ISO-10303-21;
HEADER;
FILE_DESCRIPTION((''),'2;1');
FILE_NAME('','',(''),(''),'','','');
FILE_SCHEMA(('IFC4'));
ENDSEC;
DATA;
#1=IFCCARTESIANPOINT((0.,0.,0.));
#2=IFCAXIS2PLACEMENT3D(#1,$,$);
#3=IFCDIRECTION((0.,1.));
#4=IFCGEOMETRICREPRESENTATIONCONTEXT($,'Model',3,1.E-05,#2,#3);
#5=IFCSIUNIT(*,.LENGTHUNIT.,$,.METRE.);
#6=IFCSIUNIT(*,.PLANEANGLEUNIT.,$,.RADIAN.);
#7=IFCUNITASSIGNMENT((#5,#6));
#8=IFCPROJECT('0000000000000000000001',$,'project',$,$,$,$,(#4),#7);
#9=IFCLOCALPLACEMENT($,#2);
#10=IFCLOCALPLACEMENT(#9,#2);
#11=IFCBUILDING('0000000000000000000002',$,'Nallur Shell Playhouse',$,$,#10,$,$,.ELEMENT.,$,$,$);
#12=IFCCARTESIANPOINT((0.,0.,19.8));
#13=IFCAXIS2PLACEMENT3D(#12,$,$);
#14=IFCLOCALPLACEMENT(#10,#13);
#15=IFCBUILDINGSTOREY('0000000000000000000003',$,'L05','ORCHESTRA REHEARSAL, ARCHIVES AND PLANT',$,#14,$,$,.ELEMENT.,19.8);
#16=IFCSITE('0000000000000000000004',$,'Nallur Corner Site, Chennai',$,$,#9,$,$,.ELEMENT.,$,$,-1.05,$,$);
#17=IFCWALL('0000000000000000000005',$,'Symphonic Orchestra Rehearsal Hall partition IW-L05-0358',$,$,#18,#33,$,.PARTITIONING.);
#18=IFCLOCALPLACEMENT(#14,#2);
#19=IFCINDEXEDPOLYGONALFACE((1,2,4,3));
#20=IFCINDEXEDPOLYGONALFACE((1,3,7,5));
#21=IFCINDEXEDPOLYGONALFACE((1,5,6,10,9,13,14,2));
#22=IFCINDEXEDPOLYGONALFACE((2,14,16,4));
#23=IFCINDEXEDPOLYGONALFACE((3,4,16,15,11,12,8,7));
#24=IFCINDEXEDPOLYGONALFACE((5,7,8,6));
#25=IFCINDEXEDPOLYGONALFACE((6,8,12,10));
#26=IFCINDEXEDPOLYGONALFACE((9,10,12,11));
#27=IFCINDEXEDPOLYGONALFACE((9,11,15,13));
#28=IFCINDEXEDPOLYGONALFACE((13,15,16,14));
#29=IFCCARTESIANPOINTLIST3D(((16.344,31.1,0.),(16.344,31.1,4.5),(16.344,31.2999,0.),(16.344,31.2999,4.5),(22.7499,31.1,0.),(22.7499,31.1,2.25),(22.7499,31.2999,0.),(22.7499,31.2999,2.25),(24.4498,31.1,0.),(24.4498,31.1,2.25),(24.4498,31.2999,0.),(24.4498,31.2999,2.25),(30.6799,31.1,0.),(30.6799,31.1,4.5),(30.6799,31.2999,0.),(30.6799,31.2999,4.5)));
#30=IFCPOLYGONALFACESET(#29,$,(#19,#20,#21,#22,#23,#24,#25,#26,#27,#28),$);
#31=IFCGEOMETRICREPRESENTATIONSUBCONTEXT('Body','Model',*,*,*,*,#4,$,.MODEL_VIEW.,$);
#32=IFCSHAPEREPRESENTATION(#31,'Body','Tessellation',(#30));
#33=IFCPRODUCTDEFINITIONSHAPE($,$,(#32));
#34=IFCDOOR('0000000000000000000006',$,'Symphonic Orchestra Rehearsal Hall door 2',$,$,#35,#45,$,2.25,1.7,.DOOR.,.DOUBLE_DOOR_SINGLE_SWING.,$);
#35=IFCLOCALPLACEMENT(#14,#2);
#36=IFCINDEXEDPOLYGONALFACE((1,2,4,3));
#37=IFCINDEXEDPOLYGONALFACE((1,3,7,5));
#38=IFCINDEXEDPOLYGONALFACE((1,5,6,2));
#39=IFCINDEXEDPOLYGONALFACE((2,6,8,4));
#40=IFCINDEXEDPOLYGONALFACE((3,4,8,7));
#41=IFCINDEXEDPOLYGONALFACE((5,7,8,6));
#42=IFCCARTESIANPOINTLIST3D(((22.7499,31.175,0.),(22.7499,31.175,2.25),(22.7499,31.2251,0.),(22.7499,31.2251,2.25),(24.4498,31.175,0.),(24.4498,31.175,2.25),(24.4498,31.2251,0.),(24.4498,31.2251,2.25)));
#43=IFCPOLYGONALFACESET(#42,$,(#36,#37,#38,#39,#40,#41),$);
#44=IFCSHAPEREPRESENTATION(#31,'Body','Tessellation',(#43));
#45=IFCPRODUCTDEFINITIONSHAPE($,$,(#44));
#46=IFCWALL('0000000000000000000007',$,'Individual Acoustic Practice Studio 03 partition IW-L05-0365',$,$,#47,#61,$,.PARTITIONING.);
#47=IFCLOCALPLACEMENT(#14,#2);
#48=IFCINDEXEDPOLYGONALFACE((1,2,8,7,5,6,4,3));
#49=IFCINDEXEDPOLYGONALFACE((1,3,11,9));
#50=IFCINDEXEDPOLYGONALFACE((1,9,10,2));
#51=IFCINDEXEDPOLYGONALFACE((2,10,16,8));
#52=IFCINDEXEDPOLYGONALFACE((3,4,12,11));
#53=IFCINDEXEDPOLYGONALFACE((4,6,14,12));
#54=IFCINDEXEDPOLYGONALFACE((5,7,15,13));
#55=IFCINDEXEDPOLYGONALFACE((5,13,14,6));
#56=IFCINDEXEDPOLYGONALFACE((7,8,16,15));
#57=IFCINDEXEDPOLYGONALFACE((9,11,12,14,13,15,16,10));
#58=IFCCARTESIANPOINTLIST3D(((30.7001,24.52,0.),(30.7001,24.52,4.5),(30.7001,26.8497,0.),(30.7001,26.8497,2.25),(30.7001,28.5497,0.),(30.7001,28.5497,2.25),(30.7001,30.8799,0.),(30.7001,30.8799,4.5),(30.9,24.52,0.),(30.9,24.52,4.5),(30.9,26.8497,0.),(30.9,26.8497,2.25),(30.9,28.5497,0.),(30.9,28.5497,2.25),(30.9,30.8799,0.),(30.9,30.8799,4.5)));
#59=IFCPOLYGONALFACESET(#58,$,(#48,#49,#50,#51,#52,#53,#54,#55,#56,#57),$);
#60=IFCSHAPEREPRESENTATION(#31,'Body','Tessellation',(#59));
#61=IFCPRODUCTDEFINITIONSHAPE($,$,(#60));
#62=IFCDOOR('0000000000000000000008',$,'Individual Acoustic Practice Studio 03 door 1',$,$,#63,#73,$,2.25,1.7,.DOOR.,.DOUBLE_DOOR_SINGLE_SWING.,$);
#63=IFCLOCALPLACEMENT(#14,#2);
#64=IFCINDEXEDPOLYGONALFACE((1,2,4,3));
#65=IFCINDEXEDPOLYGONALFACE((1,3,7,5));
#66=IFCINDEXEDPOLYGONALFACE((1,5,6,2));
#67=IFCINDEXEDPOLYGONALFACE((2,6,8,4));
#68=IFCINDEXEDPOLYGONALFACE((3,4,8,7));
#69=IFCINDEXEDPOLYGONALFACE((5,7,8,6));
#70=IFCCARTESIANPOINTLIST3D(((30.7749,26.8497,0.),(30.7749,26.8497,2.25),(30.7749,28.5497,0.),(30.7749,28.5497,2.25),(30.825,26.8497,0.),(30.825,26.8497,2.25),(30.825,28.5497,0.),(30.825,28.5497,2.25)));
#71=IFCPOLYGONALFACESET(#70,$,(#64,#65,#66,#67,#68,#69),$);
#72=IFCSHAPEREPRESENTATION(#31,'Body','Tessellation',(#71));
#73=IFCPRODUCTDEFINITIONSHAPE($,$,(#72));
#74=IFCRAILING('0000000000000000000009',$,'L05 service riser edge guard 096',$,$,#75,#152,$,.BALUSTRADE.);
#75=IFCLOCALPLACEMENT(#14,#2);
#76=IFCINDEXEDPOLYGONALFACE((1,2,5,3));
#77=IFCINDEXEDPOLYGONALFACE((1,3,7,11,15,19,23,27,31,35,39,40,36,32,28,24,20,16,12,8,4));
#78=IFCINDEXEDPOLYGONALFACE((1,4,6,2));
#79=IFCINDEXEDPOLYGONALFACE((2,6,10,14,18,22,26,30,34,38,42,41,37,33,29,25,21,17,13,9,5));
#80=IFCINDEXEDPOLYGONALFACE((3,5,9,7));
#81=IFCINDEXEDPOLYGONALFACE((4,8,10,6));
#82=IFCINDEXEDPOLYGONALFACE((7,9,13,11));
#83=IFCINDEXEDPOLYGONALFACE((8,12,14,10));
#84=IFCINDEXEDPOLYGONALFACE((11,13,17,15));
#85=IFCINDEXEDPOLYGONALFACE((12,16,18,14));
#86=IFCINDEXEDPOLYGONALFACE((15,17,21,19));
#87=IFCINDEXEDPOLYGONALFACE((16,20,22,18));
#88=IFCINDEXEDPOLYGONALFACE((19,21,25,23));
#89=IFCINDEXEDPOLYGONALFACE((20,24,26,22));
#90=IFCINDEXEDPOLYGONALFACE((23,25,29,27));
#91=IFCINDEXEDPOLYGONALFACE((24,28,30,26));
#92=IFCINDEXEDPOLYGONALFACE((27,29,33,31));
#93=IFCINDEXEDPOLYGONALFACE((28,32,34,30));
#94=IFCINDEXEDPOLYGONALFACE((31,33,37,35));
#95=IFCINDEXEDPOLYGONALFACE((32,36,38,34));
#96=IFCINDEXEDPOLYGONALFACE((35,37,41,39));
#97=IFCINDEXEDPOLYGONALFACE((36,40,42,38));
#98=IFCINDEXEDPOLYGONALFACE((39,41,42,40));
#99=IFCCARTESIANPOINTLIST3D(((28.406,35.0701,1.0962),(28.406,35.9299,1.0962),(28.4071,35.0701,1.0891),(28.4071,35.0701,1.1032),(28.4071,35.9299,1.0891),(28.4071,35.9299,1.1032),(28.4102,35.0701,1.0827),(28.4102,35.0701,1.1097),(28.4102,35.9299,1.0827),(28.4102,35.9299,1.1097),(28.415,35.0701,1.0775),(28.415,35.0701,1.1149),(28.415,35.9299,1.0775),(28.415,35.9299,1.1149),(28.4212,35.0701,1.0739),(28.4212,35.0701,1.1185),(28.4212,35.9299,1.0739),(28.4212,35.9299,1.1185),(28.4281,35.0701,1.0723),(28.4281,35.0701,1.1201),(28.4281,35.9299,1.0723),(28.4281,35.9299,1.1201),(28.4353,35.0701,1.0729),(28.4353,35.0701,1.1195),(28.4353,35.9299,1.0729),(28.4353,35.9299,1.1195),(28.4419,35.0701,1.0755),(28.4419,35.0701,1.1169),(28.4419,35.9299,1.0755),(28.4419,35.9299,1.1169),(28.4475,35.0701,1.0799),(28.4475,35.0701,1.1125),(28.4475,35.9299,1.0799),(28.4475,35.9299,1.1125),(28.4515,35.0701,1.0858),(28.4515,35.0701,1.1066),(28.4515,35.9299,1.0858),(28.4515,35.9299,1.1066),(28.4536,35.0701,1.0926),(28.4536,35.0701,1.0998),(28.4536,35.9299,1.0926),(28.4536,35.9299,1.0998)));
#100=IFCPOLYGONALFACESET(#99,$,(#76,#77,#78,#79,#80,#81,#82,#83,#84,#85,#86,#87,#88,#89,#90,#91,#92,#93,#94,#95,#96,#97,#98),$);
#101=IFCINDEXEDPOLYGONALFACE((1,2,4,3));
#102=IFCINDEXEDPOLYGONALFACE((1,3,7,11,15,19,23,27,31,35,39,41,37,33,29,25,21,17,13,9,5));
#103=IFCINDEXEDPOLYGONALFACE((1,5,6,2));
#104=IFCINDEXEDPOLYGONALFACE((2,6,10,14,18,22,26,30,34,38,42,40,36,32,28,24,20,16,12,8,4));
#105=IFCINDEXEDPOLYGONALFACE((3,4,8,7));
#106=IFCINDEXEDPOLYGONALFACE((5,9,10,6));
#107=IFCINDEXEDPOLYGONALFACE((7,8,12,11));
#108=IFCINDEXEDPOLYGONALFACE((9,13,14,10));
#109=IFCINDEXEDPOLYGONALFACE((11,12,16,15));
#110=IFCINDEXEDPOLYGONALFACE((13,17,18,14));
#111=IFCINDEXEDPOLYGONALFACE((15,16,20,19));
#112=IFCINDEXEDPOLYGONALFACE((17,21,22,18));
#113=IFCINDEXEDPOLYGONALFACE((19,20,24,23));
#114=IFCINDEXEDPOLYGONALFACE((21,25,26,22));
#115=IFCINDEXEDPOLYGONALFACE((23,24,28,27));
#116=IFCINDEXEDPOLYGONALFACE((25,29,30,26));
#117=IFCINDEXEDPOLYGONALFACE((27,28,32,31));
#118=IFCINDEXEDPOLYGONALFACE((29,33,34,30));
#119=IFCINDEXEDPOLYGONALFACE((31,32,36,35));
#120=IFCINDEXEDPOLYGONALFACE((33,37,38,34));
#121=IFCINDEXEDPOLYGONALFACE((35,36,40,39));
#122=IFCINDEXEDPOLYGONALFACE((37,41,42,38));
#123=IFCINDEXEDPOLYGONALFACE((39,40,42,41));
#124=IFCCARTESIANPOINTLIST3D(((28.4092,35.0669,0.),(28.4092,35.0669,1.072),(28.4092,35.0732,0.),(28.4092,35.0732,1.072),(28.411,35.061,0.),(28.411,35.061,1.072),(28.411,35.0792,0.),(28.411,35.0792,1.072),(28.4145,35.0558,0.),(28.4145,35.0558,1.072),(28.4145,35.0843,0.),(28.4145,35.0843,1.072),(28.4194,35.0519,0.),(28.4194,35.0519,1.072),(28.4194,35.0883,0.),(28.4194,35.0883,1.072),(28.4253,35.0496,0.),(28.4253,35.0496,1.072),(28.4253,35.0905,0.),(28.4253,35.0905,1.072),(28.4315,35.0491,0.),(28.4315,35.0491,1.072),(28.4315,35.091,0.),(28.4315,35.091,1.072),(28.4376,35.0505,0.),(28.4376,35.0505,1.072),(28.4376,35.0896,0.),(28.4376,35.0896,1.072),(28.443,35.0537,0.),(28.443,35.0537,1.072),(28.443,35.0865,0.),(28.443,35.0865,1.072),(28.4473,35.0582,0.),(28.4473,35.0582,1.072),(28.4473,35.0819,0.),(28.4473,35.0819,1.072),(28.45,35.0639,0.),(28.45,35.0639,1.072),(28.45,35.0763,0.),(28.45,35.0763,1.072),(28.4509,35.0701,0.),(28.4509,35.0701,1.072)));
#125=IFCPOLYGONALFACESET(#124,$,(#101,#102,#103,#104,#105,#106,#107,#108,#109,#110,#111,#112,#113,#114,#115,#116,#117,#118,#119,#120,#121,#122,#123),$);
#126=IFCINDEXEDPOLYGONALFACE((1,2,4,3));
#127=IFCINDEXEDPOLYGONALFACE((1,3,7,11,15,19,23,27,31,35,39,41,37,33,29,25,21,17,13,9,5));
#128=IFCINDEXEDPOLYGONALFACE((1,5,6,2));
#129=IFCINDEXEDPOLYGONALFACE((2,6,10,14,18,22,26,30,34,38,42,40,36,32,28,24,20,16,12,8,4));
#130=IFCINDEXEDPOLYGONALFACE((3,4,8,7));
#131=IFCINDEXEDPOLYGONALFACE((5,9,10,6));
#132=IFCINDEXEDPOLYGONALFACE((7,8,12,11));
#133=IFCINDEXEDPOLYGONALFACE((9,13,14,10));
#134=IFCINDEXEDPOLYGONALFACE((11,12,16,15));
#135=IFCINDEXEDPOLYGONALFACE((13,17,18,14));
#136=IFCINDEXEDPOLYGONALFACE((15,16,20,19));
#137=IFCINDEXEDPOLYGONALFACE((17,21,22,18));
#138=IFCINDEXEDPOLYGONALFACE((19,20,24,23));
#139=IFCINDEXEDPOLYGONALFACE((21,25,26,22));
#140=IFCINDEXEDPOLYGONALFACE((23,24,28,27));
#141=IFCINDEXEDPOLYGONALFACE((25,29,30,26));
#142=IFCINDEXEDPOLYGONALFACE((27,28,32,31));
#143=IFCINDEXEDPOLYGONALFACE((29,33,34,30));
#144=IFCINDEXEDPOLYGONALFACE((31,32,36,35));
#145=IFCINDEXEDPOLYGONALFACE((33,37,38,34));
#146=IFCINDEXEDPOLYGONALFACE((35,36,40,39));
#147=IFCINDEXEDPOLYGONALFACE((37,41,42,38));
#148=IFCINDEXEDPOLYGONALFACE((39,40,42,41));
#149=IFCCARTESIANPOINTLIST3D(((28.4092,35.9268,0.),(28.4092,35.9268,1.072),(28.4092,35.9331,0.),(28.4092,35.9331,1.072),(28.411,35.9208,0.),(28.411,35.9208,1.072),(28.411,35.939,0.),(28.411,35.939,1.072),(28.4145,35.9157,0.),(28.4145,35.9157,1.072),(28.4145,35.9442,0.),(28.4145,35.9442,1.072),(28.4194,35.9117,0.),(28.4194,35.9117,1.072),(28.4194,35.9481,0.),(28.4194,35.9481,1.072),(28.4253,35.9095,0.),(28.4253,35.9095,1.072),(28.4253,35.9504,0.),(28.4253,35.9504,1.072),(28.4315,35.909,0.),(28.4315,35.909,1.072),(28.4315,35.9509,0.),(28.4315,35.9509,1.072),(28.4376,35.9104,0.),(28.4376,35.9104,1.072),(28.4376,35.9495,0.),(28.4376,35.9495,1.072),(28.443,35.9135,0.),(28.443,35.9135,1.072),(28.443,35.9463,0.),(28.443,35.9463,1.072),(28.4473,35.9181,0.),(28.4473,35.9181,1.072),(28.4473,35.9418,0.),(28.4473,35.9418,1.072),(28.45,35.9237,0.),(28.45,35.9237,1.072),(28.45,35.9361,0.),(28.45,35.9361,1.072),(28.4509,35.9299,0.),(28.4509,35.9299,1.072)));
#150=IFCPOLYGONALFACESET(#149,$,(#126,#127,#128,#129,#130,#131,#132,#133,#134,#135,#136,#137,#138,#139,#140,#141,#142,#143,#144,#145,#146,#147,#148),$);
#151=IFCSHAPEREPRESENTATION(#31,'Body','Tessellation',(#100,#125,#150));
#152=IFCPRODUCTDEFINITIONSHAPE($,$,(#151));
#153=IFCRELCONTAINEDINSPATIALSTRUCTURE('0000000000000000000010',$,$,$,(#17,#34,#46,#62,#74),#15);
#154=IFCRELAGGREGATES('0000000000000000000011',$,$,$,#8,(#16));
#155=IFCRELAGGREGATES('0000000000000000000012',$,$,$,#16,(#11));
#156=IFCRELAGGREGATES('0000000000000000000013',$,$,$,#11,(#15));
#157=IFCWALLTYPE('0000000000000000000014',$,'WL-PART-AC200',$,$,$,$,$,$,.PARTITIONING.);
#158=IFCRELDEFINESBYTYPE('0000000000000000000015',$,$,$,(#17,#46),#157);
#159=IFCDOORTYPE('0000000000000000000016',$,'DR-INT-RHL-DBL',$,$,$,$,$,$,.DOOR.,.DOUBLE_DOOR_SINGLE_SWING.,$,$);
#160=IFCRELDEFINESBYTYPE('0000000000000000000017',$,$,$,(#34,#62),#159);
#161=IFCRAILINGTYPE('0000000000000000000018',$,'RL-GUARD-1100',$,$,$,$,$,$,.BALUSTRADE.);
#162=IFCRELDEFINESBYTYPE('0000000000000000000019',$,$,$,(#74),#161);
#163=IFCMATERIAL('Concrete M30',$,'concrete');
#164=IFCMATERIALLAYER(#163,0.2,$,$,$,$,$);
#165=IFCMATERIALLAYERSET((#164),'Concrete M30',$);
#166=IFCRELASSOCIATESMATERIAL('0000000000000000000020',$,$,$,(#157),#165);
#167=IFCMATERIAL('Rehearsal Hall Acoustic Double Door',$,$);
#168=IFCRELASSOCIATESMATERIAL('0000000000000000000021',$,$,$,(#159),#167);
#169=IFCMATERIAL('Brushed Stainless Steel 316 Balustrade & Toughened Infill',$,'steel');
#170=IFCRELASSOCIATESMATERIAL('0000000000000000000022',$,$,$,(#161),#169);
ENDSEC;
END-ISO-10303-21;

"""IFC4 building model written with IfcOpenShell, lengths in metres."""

from ifc_helpers import new_model, si_unit, direction, frame, frame_2d, origin, origin_2d, place, context, subcontext, project, spatial, rectangle, circle, extrude, material, layer, layer_set, type_object, element, fill, save


model = new_model("IFC4")

# Units and contexts
model_context = context("Model", 3, precision=1e-05, world=origin(), true_north=direction((0.0, 1.0)))
body_context = subcontext(model_context, "Body", "Model", "MODEL_VIEW")
ifc_project = project(units=[si_unit("LENGTHUNIT", "METRE"), si_unit("PLANEANGLEUNIT", "RADIAN")], contexts=[model_context])

# Site, building, storey
site_placement = place(None, origin())
site = spatial("IfcSite", under=ifc_project, at=site_placement, Name="Nallur Corner Site, Chennai", CompositionType="ELEMENT", RefElevation=-1.05)
building_placement = place(site_placement, origin())
building = spatial("IfcBuilding", under=site, at=building_placement, Name="Nallur Shell Playhouse", CompositionType="ELEMENT")
storey_placement = place(building_placement, frame((0.0, 0.0, 19.8)))
storey = spatial("IfcBuildingStorey", under=building, at=storey_placement, Name="L05", Description="ORCHESTRA REHEARSAL, ARCHIVES AND PLANT", CompositionType="ELEMENT", Elevation=19.8)

# Shared definitions
ifc_material_1 = material(Name="Concrete M30", Category="concrete")

# Walls, openings, doors
ifc_layer_1 = layer(ifc_material_1, 0.2)
ifc_layer_set_1 = layer_set([ifc_layer_1], Name="Concrete M30")
wall_type_1 = type_object("IfcWallType", Name="WL-PART-AC200", PredefinedType="PARTITIONING", material=ifc_layer_set_1)
wall_1_placement = place(storey_placement, frame((30.6799, 31.2, 0.0), z_axis=(0.0, 0.0, 1.0), x_axis=(-1.0, 0.0, 0.0)))
wall_1 = element("IfcWall", 1, at=wall_1_placement, inside=storey, type_object=wall_type_1, Name="Symphonic Orchestra Rehearsal Hall partition IW-L05-0358", PredefinedType="PARTITIONING", context=body_context, shape_type="SweptSolid", body=[
    extrude(rectangle(XDim=14.3359, YDim=0.2, at=frame_2d((7.168, 0.0))), origin(), (0.0, 0.0, 1.0), 4.5),
])
opening_1_placement = place(wall_1_placement, frame((6.23, 0.0, 0.0)))
opening_1 = element("IfcOpeningElement", 2, at=opening_1_placement, cuts=wall_1, PredefinedType="OPENING", context=body_context, shape_type="SweptSolid", body=[
    extrude(rectangle(XDim=1.7, YDim=2.25, at=frame_2d((0.8501, 1.125))), frame((0.0, 0.1099, 0.0), z_axis=(0.0, -1.0, 0.0), x_axis=(1.0, 0.0, 0.0)), (0.0, 0.0, 1.0), 0.22),
])
ifc_material_2 = material(Name="Rehearsal Hall Acoustic Double Door")
door_type = type_object("IfcDoorType", Name="DR-INT-RHL-DBL", OperationType="DOUBLE_DOOR_SINGLE_SWING", PredefinedType="DOOR", material=ifc_material_2)
door_1_placement = place(opening_1_placement, origin())
door_1 = element("IfcDoor", 3, at=door_1_placement, inside=storey, type_object=door_type, Name="Symphonic Orchestra Rehearsal Hall door 2", OperationType="DOUBLE_DOOR_SINGLE_SWING", OverallHeight=2.25, OverallWidth=1.7, PredefinedType="DOOR", context=body_context, shape_type="SweptSolid", body=[
    extrude(rectangle(XDim=1.7, YDim=2.25, at=frame_2d((0.8501, 1.125))), frame((0.0, 0.0249, 0.0), z_axis=(0.0, -1.0, 0.0), x_axis=(1.0, 0.0, 0.0)), (0.0, 0.0, 1.0), 0.05),
])
fill(opening_1, door_1)
wall_2_placement = place(storey_placement, frame((30.8, 30.8799, 0.0), z_axis=(0.0, 0.0, 1.0), x_axis=(0.0, -1.0, 0.0)))
wall_2 = element("IfcWall", 4, at=wall_2_placement, inside=storey, type_object=wall_type_1, Name="Individual Acoustic Practice Studio 03 partition IW-L05-0365", PredefinedType="PARTITIONING", context=body_context, shape_type="SweptSolid", body=[
    extrude(rectangle(XDim=6.3599, YDim=0.2, at=frame_2d((3.1799, 0.0))), origin(), (0.0, 0.0, 1.0), 4.5),
])
opening_2_placement = place(wall_2_placement, frame((2.3301, 0.0, 0.0)))
opening_2 = element("IfcOpeningElement", 5, at=opening_2_placement, cuts=wall_2, PredefinedType="OPENING", context=body_context, shape_type="SweptSolid", body=[
    extrude(rectangle(XDim=1.7, YDim=2.25, at=frame_2d((0.8501, 1.125))), frame((0.0, 0.1099, 0.0), z_axis=(0.0, -1.0, 0.0), x_axis=(1.0, 0.0, 0.0)), (0.0, 0.0, 1.0), 0.22),
])
door_2_placement = place(opening_2_placement, origin())
door_2 = element("IfcDoor", 6, at=door_2_placement, inside=storey, type_object=door_type, Name="Individual Acoustic Practice Studio 03 door 1", OperationType="DOUBLE_DOOR_SINGLE_SWING", OverallHeight=2.25, OverallWidth=1.7, PredefinedType="DOOR", context=body_context, shape_type="SweptSolid", body=[
    extrude(rectangle(XDim=1.7, YDim=2.25, at=frame_2d((0.8501, 1.125))), frame((0.0, 0.0249, 0.0), z_axis=(0.0, -1.0, 0.0), x_axis=(1.0, 0.0, 0.0)), (0.0, 0.0, 1.0), 0.05),
])
fill(opening_2, door_2)

# Railing
ifc_material_3 = material(Name="Brushed Stainless Steel 316 Balustrade & Toughened Infill", Category="steel")
railing_type = type_object("IfcRailingType", Name="RL-GUARD-1100", PredefinedType="BALUSTRADE", material=ifc_material_3)
railing_1_placement = place(storey_placement, frame((28.4299, 35.0701, 0.0)))
element("IfcRailing", 7, at=railing_1_placement, inside=storey, type_object=railing_type, Name="L05 service riser edge guard 096", PredefinedType="BALUSTRADE", context=body_context, shape_type="SweptSolid", body=[
    extrude(circle(Radius=0.0239, at=origin_2d()), frame((0.0, 0.0, 1.0962), z_axis=(0.0, 1.0, 0.0), x_axis=(-1.0, 0.0, 0.0)), (0.0, 0.0, 1.0), 0.8599),
    extrude(circle(Radius=0.021, at=origin_2d()), origin(), (0.0, 0.0, 1.0), 1.072),
    extrude(circle(Radius=0.021, at=origin_2d()), frame((0.0, 0.8599, 0.0)), (0.0, 0.0, 1.0), 1.072),
])

save(model, "model.ifc")
